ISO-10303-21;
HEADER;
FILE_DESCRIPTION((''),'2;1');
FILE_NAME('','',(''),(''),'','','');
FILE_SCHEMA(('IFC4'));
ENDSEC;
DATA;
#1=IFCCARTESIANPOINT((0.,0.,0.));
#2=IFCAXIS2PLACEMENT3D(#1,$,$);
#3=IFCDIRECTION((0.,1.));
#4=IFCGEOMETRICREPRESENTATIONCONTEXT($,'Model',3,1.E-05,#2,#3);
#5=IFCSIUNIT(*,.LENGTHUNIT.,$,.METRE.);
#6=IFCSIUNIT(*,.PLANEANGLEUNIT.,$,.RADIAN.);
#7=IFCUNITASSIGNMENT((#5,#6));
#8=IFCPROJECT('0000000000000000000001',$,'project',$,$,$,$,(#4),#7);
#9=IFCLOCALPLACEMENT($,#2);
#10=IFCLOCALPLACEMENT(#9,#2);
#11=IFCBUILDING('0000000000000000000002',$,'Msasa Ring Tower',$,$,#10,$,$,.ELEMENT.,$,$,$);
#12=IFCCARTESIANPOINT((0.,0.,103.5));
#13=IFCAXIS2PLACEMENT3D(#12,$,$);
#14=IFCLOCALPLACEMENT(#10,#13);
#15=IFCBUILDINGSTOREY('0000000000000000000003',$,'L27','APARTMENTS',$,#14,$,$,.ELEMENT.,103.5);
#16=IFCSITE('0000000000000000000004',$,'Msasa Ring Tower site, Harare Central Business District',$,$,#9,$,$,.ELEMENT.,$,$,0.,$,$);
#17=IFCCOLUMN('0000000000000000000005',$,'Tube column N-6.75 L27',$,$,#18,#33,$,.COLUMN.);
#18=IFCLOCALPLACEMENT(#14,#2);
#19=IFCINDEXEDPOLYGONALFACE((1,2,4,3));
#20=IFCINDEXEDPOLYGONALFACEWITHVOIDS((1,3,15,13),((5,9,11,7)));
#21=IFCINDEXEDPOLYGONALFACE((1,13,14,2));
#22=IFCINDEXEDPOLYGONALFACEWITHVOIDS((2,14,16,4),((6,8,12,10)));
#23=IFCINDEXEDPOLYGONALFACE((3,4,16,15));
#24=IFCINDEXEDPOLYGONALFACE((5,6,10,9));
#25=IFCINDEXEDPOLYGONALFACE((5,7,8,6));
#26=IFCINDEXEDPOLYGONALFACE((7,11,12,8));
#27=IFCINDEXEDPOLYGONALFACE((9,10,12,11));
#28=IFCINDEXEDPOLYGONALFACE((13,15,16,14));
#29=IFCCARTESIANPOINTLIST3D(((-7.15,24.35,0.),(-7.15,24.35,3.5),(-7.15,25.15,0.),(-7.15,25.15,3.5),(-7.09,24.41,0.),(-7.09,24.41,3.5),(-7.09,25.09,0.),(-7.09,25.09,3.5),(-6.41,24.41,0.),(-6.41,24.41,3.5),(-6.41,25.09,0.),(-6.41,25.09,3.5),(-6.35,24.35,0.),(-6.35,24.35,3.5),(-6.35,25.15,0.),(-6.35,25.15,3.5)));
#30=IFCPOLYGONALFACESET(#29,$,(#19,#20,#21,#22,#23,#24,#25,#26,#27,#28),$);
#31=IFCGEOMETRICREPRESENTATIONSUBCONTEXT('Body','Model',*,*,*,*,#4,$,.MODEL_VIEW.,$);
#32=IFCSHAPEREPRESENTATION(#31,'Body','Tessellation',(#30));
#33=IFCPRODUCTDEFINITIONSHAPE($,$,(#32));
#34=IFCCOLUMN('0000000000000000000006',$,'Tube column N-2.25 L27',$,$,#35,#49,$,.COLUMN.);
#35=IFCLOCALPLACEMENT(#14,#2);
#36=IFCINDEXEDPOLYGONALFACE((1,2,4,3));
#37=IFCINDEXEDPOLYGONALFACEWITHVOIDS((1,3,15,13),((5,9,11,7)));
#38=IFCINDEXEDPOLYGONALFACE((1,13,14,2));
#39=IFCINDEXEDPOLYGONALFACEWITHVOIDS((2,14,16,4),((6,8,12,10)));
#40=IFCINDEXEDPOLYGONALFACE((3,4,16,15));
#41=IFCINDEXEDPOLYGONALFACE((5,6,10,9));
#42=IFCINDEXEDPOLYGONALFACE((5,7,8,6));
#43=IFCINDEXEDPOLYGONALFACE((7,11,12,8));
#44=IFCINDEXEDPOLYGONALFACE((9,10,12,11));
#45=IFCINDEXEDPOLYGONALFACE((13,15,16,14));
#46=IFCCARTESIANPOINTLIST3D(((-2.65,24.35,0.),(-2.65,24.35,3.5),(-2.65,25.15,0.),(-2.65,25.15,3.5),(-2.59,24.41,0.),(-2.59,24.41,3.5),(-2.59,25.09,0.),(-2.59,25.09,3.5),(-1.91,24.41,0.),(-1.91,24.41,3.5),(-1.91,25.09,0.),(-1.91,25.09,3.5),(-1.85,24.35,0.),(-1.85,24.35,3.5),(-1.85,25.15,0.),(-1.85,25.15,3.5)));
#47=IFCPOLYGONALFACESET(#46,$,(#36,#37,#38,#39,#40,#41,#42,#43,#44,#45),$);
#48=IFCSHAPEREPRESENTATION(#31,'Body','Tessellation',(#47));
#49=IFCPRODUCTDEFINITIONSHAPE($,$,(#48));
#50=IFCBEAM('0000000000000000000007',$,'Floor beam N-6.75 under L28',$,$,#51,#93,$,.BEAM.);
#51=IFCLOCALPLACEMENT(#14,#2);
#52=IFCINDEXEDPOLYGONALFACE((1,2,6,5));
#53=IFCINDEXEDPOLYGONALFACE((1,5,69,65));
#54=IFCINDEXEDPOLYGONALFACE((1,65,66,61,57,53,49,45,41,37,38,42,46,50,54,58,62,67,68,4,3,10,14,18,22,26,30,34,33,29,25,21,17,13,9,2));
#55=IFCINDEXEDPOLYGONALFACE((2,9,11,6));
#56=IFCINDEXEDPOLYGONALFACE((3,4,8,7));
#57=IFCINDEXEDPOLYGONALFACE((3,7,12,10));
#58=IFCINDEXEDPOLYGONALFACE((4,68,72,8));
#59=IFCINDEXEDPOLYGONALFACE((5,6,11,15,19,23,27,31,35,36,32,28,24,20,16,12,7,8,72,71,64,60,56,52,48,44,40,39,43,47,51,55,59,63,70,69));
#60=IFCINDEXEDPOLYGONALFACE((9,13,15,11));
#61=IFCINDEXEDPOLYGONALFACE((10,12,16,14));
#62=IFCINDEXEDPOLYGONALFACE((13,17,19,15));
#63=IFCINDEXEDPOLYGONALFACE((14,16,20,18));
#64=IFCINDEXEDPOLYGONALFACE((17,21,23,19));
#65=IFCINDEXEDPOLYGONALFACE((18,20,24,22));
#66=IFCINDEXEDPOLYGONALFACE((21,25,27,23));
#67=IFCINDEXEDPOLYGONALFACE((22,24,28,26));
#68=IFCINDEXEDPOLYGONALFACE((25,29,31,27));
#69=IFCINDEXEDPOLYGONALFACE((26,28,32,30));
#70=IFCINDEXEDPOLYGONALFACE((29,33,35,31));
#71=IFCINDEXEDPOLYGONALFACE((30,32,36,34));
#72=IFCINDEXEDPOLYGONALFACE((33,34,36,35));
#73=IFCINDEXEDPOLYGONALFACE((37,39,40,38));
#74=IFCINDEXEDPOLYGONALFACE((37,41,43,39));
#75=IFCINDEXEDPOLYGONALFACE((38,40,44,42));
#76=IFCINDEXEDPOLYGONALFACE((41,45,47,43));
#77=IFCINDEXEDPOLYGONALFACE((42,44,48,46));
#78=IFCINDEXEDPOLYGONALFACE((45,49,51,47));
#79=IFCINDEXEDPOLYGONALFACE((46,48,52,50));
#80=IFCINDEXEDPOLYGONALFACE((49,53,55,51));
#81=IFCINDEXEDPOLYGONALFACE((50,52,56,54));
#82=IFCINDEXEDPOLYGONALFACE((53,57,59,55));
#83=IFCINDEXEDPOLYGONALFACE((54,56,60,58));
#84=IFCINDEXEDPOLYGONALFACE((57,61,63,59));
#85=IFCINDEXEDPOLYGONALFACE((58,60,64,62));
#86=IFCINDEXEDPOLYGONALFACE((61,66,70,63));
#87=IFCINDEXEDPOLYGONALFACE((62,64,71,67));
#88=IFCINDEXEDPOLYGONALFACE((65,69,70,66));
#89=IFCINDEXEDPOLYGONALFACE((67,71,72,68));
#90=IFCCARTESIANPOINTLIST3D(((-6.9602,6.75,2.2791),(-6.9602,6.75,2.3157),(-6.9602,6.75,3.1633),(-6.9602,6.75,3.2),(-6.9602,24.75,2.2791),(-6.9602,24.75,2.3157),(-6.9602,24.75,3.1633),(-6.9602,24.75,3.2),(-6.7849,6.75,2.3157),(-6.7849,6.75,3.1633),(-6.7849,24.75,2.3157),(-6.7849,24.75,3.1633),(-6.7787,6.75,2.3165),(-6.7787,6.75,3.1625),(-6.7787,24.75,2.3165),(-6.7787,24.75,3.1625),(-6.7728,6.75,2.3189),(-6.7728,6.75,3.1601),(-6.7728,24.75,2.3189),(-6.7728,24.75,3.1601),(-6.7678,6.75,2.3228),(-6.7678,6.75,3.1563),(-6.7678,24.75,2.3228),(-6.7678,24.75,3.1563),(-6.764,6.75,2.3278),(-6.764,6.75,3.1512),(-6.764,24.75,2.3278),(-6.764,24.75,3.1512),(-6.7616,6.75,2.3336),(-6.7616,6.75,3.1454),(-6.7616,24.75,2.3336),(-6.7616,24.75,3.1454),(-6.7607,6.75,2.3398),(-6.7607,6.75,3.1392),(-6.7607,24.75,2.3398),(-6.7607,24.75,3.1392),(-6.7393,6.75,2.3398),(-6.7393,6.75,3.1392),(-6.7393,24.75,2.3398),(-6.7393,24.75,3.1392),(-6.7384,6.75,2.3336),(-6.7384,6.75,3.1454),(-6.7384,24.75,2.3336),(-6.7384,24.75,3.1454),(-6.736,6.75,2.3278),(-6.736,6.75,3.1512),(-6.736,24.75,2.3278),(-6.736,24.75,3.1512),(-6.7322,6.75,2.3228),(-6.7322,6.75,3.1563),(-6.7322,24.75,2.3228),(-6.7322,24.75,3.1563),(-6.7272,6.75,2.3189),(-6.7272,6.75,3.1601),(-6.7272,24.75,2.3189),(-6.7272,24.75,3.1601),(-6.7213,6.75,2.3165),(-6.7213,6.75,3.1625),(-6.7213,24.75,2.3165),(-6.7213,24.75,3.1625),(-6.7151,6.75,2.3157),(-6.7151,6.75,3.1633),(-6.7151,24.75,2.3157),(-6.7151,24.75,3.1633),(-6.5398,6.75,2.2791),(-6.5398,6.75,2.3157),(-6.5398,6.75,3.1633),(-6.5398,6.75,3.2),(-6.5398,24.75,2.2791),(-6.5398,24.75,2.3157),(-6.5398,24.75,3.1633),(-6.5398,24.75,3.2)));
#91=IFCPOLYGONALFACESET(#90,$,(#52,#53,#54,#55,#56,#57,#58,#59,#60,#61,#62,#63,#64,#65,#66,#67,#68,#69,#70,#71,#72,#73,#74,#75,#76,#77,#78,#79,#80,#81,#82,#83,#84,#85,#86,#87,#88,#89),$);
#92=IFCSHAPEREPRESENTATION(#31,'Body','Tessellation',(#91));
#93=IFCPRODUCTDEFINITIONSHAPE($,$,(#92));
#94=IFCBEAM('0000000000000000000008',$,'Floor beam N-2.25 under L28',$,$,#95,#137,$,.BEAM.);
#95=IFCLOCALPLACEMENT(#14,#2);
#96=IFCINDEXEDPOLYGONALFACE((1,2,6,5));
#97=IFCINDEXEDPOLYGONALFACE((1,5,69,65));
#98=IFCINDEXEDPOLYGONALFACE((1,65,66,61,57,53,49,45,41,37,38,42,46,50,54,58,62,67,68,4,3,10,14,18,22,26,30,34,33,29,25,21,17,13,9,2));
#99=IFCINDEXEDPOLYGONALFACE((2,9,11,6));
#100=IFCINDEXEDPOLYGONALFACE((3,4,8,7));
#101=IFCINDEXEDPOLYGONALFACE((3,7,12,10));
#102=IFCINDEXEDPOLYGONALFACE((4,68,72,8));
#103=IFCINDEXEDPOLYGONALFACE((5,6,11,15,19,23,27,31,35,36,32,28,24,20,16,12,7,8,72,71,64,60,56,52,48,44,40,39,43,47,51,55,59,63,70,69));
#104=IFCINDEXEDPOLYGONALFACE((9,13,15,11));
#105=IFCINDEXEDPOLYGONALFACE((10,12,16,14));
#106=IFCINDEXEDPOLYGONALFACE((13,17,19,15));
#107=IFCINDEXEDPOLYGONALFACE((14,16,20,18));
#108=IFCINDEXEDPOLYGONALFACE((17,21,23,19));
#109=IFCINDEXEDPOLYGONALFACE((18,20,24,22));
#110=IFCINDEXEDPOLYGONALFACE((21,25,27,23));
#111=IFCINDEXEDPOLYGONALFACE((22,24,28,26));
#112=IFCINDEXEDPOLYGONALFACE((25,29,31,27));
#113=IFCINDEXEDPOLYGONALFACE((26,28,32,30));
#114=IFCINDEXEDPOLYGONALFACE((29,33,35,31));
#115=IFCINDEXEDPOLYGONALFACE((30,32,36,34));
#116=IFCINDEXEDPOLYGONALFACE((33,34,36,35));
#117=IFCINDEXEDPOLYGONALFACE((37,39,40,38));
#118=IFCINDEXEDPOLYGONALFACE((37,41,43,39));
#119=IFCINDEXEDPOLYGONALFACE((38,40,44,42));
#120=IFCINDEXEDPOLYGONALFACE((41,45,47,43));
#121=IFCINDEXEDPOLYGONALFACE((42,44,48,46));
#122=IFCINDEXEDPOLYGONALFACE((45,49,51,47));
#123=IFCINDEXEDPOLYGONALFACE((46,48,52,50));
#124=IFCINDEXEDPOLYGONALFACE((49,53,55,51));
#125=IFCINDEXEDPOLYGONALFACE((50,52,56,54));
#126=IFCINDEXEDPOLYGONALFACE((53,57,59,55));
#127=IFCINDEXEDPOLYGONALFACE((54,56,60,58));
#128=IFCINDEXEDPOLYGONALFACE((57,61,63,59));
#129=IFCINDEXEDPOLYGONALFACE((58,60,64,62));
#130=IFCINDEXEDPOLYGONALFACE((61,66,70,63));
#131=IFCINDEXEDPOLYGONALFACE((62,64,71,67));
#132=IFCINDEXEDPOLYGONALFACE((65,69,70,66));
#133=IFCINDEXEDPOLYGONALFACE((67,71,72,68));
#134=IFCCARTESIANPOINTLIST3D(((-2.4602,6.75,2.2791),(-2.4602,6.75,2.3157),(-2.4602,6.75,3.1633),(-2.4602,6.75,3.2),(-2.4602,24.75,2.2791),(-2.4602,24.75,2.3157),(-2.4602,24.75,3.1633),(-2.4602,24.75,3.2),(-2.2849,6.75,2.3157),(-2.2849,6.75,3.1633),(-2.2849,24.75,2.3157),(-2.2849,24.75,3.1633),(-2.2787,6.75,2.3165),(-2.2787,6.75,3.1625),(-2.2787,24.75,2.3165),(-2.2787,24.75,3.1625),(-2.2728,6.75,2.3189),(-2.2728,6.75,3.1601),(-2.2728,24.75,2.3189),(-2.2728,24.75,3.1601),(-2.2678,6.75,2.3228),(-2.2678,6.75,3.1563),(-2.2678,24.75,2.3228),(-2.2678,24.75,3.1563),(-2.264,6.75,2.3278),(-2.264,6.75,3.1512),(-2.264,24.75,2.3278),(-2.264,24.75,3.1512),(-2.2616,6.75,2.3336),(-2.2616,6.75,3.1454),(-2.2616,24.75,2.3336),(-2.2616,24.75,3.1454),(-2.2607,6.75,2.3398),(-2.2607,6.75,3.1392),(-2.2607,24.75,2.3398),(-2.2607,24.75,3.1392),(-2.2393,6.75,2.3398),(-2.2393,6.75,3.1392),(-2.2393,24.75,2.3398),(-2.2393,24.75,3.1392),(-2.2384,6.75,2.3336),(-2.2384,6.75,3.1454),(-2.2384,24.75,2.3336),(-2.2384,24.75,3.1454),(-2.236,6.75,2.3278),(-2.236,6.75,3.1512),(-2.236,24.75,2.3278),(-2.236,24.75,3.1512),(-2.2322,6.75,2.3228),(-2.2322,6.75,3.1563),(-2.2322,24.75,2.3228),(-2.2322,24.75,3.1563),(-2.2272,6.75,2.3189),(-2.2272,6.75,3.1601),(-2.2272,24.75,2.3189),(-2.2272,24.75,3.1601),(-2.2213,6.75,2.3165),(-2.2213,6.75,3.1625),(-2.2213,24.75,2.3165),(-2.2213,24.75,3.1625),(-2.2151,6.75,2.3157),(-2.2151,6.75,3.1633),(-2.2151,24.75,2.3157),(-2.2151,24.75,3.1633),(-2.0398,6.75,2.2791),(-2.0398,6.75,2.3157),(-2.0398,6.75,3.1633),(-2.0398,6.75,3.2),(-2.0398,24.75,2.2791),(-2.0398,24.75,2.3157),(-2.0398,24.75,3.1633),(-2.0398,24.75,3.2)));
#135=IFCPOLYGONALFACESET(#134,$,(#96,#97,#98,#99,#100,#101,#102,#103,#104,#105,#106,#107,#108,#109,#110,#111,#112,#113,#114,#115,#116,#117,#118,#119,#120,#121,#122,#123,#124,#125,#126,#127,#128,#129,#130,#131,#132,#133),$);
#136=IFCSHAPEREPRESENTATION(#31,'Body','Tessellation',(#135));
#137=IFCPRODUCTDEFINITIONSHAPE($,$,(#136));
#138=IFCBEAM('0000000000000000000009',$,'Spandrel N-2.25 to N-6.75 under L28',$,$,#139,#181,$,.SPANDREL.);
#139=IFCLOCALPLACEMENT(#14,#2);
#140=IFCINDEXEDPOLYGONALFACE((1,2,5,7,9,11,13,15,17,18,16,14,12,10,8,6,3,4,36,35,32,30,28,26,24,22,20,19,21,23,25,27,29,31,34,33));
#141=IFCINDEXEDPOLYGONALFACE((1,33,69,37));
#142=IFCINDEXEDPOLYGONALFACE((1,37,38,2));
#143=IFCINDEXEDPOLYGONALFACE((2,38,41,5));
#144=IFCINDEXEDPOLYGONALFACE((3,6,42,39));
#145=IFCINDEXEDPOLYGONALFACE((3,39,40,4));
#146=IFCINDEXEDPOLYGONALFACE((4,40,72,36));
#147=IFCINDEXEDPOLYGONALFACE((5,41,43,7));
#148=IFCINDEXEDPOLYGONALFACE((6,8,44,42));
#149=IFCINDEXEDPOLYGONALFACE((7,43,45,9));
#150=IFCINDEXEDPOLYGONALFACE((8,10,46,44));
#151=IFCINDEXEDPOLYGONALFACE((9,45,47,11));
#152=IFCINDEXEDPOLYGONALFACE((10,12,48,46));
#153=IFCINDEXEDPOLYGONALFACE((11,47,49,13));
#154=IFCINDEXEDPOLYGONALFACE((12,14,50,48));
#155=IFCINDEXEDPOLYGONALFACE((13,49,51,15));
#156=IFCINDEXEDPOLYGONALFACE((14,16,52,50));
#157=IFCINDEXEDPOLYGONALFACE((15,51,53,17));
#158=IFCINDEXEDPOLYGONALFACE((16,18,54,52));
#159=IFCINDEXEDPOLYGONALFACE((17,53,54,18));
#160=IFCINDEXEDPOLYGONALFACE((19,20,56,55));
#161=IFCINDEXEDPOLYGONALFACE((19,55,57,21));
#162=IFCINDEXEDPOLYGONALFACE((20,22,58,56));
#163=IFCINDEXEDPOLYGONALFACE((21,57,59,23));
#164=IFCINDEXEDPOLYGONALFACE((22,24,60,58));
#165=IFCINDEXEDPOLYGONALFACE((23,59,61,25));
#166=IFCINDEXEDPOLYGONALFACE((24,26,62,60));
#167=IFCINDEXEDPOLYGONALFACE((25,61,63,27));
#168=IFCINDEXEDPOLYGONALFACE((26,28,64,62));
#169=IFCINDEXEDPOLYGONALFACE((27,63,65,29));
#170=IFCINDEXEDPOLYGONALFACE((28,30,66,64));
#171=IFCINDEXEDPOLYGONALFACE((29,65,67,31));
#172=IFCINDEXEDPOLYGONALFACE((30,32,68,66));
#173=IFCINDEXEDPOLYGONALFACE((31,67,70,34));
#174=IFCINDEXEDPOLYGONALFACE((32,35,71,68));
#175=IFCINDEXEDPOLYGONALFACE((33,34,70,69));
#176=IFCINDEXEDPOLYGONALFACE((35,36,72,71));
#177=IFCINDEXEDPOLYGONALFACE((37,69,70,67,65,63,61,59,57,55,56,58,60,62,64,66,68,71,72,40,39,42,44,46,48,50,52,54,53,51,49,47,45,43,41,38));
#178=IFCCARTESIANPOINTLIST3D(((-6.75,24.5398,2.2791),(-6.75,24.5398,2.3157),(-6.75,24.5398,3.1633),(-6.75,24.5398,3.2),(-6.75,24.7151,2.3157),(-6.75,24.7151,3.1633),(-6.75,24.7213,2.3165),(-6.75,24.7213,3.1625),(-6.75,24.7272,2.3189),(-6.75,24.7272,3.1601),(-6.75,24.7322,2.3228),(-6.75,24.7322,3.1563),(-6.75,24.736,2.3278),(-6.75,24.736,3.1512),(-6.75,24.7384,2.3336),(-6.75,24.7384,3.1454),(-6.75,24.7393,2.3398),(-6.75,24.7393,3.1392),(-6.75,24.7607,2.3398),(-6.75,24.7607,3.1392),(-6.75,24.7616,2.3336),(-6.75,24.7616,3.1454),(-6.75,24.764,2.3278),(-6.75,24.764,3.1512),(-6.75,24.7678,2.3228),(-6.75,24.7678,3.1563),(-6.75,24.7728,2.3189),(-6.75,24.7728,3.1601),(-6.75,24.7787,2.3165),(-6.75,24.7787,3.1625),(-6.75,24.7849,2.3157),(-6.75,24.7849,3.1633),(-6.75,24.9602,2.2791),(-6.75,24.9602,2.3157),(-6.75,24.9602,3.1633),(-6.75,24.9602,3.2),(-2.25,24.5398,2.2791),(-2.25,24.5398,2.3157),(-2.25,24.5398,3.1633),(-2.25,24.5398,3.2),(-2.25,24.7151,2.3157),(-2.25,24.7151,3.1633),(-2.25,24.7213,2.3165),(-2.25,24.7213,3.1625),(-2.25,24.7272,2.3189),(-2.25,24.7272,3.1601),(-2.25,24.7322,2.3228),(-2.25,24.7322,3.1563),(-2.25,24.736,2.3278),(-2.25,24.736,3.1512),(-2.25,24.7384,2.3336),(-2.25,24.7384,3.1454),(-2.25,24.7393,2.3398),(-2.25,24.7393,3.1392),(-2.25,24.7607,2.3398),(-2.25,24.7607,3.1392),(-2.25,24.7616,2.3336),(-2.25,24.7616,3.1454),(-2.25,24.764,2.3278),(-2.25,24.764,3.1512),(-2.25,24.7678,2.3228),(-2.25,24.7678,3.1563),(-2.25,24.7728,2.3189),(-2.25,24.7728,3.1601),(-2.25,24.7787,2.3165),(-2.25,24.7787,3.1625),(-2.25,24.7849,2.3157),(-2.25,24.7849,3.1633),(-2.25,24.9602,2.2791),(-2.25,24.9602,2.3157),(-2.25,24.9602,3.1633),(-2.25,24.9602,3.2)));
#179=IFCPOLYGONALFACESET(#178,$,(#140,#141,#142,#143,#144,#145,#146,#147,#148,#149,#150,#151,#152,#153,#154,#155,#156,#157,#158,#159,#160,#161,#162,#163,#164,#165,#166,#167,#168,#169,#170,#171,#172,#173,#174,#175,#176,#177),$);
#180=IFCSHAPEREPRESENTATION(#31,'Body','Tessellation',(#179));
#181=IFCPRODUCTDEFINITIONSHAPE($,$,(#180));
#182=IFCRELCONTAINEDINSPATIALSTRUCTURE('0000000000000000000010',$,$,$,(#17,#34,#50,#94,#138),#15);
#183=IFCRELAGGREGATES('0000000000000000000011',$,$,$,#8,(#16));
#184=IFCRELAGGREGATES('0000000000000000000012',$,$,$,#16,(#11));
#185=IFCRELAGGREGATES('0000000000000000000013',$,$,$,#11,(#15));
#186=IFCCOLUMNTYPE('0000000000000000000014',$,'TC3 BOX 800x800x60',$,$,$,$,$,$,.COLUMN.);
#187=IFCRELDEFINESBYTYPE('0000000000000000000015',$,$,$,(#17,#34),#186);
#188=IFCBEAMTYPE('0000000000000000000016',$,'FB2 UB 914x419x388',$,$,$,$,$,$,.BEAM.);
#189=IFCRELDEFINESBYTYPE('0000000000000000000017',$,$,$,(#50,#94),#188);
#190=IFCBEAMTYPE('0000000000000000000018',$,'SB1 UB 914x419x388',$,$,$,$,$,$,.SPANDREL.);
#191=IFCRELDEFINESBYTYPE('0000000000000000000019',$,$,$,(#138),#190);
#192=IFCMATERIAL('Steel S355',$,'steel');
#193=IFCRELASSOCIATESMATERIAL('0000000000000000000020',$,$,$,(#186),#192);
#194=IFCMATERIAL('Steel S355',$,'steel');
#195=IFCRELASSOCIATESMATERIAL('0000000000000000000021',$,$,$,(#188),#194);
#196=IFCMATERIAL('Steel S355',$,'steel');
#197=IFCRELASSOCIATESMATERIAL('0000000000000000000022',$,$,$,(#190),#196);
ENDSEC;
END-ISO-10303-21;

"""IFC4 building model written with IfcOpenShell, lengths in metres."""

from ifc_helpers import new_model, si_unit, direction, frame, origin, origin_2d, place, context, subcontext, project, spatial, hollow_rectangle, i_section, extrude, material, material_profile, profile_set, type_object, element, save


model = new_model("IFC4")

# Units and contexts
model_context = context("Model", 3, precision=1e-05, world=origin(), true_north=direction((0.0, 1.0)))
body_context = subcontext(model_context, "Body", "Model", "MODEL_VIEW")
ifc_project = project(units=[si_unit("LENGTHUNIT", "METRE"), si_unit("PLANEANGLEUNIT", "RADIAN")], contexts=[model_context])

# Site, building, storey
site_placement = place(None, origin())
site = spatial("IfcSite", under=ifc_project, at=site_placement, Name="Msasa Ring Tower site, Harare Central Business District", CompositionType="ELEMENT", RefElevation=0.0)
building_placement = place(site_placement, origin())
building = spatial("IfcBuilding", under=site, at=building_placement, Name="Msasa Ring Tower", CompositionType="ELEMENT")
storey_placement = place(building_placement, frame((0.0, 0.0, 103.5)))
storey = spatial("IfcBuildingStorey", under=building, at=storey_placement, Name="L27", Description="APARTMENTS", CompositionType="ELEMENT", Elevation=103.5)

# Columns
ifc_material_1 = material(Name="Steel S355", Category="steel")
ifc_material_profile_1 = material_profile(ifc_material_1, hollow_rectangle(XDim=0.8, YDim=0.8, WallThickness=0.0601, at=origin_2d()), Name="BOX 800x800x60")
ifc_profile_set_1 = profile_set([ifc_material_profile_1], Name="Steel S355")
column_type = type_object("IfcColumnType", Name="TC3 BOX 800x800x60", PredefinedType="COLUMN", material=ifc_profile_set_1)
for number, where, z_axis, x_axis, name in (
    (1, (-6.75, 24.75, 0.0), (0.0, 0.0, 1.0), (0.0, 1.0, 0.0), "Tube column N-6.75 L27"),
    (2, (-2.25, 24.75, 0.0), (0.0, 0.0, 1.0), (0.0, 1.0, 0.0), "Tube column N-2.25 L27"),
):
    element("IfcColumn", number, at=place(storey_placement, frame(where, z_axis=z_axis, x_axis=x_axis)), inside=storey, type_object=column_type, Name=name, PredefinedType="COLUMN", context=body_context, shape_type="SweptSolid", body=[
        extrude(hollow_rectangle(XDim=0.8, YDim=0.8, WallThickness=0.0601, at=origin_2d()), origin(), (0.0, 0.0, 1.0), 3.5),
    ])

# Beams
ifc_material_2 = material(Name="Steel S355", Category="steel")
ifc_material_profile_2 = material_profile(ifc_material_2, i_section(OverallWidth=0.4204, OverallDepth=0.9209, WebThickness=0.0215, FlangeThickness=0.0366, FilletRadius=0.0242, at=origin_2d()), Name="UB 914x419x388")
ifc_profile_set_2 = profile_set([ifc_material_profile_2], Name="Steel S355")
beam_type_1 = type_object("IfcBeamType", Name="FB2 UB 914x419x388", PredefinedType="BEAM", material=ifc_profile_set_2)
for number, where, z_axis, x_axis, name in (
    (3, (-6.75, 24.75, 2.7395), (0.0, -1.0, 0.0), (1.0, 0.0, 0.0), "Floor beam N-6.75 under L28"),
    (4, (-2.25, 24.75, 2.7395), (0.0, -1.0, 0.0), (1.0, 0.0, 0.0), "Floor beam N-2.25 under L28"),
):
    element("IfcBeam", number, at=place(storey_placement, frame(where, z_axis=z_axis, x_axis=x_axis)), inside=storey, type_object=beam_type_1, Name=name, PredefinedType="BEAM", context=body_context, shape_type="SweptSolid", body=[
        extrude(i_section(OverallWidth=0.4204, OverallDepth=0.9209, WebThickness=0.0215, FlangeThickness=0.0366, FilletRadius=0.0242, at=origin_2d()), origin(), (0.0, 0.0, 1.0), 18.0),
    ])
ifc_material_3 = material(Name="Steel S355", Category="steel")
ifc_material_profile_3 = material_profile(ifc_material_3, i_section(OverallWidth=0.4204, OverallDepth=0.9209, WebThickness=0.0215, FlangeThickness=0.0366, FilletRadius=0.0242, at=origin_2d()), Name="UB 914x419x388")
ifc_profile_set_3 = profile_set([ifc_material_profile_3], Name="Steel S355")
beam_type_2 = type_object("IfcBeamType", Name="SB1 UB 914x419x388", PredefinedType="SPANDREL", material=ifc_profile_set_3)
for number, where, z_axis, x_axis, name in (
    (5, (-2.25, 24.75, 2.7395), (-1.0, 0.0, 0.0), (0.0, -1.0, 0.0), "Spandrel N-2.25 to N-6.75 under L28"),
):
    element("IfcBeam", number, at=place(storey_placement, frame(where, z_axis=z_axis, x_axis=x_axis)), inside=storey, type_object=beam_type_2, Name=name, PredefinedType="SPANDREL", context=body_context, shape_type="SweptSolid", body=[
        extrude(i_section(OverallWidth=0.4204, OverallDepth=0.9209, WebThickness=0.0215, FlangeThickness=0.0366, FilletRadius=0.0242, at=origin_2d()), origin(), (0.0, 0.0, 1.0), 4.5),
    ])

save(model, "model.ifc")
